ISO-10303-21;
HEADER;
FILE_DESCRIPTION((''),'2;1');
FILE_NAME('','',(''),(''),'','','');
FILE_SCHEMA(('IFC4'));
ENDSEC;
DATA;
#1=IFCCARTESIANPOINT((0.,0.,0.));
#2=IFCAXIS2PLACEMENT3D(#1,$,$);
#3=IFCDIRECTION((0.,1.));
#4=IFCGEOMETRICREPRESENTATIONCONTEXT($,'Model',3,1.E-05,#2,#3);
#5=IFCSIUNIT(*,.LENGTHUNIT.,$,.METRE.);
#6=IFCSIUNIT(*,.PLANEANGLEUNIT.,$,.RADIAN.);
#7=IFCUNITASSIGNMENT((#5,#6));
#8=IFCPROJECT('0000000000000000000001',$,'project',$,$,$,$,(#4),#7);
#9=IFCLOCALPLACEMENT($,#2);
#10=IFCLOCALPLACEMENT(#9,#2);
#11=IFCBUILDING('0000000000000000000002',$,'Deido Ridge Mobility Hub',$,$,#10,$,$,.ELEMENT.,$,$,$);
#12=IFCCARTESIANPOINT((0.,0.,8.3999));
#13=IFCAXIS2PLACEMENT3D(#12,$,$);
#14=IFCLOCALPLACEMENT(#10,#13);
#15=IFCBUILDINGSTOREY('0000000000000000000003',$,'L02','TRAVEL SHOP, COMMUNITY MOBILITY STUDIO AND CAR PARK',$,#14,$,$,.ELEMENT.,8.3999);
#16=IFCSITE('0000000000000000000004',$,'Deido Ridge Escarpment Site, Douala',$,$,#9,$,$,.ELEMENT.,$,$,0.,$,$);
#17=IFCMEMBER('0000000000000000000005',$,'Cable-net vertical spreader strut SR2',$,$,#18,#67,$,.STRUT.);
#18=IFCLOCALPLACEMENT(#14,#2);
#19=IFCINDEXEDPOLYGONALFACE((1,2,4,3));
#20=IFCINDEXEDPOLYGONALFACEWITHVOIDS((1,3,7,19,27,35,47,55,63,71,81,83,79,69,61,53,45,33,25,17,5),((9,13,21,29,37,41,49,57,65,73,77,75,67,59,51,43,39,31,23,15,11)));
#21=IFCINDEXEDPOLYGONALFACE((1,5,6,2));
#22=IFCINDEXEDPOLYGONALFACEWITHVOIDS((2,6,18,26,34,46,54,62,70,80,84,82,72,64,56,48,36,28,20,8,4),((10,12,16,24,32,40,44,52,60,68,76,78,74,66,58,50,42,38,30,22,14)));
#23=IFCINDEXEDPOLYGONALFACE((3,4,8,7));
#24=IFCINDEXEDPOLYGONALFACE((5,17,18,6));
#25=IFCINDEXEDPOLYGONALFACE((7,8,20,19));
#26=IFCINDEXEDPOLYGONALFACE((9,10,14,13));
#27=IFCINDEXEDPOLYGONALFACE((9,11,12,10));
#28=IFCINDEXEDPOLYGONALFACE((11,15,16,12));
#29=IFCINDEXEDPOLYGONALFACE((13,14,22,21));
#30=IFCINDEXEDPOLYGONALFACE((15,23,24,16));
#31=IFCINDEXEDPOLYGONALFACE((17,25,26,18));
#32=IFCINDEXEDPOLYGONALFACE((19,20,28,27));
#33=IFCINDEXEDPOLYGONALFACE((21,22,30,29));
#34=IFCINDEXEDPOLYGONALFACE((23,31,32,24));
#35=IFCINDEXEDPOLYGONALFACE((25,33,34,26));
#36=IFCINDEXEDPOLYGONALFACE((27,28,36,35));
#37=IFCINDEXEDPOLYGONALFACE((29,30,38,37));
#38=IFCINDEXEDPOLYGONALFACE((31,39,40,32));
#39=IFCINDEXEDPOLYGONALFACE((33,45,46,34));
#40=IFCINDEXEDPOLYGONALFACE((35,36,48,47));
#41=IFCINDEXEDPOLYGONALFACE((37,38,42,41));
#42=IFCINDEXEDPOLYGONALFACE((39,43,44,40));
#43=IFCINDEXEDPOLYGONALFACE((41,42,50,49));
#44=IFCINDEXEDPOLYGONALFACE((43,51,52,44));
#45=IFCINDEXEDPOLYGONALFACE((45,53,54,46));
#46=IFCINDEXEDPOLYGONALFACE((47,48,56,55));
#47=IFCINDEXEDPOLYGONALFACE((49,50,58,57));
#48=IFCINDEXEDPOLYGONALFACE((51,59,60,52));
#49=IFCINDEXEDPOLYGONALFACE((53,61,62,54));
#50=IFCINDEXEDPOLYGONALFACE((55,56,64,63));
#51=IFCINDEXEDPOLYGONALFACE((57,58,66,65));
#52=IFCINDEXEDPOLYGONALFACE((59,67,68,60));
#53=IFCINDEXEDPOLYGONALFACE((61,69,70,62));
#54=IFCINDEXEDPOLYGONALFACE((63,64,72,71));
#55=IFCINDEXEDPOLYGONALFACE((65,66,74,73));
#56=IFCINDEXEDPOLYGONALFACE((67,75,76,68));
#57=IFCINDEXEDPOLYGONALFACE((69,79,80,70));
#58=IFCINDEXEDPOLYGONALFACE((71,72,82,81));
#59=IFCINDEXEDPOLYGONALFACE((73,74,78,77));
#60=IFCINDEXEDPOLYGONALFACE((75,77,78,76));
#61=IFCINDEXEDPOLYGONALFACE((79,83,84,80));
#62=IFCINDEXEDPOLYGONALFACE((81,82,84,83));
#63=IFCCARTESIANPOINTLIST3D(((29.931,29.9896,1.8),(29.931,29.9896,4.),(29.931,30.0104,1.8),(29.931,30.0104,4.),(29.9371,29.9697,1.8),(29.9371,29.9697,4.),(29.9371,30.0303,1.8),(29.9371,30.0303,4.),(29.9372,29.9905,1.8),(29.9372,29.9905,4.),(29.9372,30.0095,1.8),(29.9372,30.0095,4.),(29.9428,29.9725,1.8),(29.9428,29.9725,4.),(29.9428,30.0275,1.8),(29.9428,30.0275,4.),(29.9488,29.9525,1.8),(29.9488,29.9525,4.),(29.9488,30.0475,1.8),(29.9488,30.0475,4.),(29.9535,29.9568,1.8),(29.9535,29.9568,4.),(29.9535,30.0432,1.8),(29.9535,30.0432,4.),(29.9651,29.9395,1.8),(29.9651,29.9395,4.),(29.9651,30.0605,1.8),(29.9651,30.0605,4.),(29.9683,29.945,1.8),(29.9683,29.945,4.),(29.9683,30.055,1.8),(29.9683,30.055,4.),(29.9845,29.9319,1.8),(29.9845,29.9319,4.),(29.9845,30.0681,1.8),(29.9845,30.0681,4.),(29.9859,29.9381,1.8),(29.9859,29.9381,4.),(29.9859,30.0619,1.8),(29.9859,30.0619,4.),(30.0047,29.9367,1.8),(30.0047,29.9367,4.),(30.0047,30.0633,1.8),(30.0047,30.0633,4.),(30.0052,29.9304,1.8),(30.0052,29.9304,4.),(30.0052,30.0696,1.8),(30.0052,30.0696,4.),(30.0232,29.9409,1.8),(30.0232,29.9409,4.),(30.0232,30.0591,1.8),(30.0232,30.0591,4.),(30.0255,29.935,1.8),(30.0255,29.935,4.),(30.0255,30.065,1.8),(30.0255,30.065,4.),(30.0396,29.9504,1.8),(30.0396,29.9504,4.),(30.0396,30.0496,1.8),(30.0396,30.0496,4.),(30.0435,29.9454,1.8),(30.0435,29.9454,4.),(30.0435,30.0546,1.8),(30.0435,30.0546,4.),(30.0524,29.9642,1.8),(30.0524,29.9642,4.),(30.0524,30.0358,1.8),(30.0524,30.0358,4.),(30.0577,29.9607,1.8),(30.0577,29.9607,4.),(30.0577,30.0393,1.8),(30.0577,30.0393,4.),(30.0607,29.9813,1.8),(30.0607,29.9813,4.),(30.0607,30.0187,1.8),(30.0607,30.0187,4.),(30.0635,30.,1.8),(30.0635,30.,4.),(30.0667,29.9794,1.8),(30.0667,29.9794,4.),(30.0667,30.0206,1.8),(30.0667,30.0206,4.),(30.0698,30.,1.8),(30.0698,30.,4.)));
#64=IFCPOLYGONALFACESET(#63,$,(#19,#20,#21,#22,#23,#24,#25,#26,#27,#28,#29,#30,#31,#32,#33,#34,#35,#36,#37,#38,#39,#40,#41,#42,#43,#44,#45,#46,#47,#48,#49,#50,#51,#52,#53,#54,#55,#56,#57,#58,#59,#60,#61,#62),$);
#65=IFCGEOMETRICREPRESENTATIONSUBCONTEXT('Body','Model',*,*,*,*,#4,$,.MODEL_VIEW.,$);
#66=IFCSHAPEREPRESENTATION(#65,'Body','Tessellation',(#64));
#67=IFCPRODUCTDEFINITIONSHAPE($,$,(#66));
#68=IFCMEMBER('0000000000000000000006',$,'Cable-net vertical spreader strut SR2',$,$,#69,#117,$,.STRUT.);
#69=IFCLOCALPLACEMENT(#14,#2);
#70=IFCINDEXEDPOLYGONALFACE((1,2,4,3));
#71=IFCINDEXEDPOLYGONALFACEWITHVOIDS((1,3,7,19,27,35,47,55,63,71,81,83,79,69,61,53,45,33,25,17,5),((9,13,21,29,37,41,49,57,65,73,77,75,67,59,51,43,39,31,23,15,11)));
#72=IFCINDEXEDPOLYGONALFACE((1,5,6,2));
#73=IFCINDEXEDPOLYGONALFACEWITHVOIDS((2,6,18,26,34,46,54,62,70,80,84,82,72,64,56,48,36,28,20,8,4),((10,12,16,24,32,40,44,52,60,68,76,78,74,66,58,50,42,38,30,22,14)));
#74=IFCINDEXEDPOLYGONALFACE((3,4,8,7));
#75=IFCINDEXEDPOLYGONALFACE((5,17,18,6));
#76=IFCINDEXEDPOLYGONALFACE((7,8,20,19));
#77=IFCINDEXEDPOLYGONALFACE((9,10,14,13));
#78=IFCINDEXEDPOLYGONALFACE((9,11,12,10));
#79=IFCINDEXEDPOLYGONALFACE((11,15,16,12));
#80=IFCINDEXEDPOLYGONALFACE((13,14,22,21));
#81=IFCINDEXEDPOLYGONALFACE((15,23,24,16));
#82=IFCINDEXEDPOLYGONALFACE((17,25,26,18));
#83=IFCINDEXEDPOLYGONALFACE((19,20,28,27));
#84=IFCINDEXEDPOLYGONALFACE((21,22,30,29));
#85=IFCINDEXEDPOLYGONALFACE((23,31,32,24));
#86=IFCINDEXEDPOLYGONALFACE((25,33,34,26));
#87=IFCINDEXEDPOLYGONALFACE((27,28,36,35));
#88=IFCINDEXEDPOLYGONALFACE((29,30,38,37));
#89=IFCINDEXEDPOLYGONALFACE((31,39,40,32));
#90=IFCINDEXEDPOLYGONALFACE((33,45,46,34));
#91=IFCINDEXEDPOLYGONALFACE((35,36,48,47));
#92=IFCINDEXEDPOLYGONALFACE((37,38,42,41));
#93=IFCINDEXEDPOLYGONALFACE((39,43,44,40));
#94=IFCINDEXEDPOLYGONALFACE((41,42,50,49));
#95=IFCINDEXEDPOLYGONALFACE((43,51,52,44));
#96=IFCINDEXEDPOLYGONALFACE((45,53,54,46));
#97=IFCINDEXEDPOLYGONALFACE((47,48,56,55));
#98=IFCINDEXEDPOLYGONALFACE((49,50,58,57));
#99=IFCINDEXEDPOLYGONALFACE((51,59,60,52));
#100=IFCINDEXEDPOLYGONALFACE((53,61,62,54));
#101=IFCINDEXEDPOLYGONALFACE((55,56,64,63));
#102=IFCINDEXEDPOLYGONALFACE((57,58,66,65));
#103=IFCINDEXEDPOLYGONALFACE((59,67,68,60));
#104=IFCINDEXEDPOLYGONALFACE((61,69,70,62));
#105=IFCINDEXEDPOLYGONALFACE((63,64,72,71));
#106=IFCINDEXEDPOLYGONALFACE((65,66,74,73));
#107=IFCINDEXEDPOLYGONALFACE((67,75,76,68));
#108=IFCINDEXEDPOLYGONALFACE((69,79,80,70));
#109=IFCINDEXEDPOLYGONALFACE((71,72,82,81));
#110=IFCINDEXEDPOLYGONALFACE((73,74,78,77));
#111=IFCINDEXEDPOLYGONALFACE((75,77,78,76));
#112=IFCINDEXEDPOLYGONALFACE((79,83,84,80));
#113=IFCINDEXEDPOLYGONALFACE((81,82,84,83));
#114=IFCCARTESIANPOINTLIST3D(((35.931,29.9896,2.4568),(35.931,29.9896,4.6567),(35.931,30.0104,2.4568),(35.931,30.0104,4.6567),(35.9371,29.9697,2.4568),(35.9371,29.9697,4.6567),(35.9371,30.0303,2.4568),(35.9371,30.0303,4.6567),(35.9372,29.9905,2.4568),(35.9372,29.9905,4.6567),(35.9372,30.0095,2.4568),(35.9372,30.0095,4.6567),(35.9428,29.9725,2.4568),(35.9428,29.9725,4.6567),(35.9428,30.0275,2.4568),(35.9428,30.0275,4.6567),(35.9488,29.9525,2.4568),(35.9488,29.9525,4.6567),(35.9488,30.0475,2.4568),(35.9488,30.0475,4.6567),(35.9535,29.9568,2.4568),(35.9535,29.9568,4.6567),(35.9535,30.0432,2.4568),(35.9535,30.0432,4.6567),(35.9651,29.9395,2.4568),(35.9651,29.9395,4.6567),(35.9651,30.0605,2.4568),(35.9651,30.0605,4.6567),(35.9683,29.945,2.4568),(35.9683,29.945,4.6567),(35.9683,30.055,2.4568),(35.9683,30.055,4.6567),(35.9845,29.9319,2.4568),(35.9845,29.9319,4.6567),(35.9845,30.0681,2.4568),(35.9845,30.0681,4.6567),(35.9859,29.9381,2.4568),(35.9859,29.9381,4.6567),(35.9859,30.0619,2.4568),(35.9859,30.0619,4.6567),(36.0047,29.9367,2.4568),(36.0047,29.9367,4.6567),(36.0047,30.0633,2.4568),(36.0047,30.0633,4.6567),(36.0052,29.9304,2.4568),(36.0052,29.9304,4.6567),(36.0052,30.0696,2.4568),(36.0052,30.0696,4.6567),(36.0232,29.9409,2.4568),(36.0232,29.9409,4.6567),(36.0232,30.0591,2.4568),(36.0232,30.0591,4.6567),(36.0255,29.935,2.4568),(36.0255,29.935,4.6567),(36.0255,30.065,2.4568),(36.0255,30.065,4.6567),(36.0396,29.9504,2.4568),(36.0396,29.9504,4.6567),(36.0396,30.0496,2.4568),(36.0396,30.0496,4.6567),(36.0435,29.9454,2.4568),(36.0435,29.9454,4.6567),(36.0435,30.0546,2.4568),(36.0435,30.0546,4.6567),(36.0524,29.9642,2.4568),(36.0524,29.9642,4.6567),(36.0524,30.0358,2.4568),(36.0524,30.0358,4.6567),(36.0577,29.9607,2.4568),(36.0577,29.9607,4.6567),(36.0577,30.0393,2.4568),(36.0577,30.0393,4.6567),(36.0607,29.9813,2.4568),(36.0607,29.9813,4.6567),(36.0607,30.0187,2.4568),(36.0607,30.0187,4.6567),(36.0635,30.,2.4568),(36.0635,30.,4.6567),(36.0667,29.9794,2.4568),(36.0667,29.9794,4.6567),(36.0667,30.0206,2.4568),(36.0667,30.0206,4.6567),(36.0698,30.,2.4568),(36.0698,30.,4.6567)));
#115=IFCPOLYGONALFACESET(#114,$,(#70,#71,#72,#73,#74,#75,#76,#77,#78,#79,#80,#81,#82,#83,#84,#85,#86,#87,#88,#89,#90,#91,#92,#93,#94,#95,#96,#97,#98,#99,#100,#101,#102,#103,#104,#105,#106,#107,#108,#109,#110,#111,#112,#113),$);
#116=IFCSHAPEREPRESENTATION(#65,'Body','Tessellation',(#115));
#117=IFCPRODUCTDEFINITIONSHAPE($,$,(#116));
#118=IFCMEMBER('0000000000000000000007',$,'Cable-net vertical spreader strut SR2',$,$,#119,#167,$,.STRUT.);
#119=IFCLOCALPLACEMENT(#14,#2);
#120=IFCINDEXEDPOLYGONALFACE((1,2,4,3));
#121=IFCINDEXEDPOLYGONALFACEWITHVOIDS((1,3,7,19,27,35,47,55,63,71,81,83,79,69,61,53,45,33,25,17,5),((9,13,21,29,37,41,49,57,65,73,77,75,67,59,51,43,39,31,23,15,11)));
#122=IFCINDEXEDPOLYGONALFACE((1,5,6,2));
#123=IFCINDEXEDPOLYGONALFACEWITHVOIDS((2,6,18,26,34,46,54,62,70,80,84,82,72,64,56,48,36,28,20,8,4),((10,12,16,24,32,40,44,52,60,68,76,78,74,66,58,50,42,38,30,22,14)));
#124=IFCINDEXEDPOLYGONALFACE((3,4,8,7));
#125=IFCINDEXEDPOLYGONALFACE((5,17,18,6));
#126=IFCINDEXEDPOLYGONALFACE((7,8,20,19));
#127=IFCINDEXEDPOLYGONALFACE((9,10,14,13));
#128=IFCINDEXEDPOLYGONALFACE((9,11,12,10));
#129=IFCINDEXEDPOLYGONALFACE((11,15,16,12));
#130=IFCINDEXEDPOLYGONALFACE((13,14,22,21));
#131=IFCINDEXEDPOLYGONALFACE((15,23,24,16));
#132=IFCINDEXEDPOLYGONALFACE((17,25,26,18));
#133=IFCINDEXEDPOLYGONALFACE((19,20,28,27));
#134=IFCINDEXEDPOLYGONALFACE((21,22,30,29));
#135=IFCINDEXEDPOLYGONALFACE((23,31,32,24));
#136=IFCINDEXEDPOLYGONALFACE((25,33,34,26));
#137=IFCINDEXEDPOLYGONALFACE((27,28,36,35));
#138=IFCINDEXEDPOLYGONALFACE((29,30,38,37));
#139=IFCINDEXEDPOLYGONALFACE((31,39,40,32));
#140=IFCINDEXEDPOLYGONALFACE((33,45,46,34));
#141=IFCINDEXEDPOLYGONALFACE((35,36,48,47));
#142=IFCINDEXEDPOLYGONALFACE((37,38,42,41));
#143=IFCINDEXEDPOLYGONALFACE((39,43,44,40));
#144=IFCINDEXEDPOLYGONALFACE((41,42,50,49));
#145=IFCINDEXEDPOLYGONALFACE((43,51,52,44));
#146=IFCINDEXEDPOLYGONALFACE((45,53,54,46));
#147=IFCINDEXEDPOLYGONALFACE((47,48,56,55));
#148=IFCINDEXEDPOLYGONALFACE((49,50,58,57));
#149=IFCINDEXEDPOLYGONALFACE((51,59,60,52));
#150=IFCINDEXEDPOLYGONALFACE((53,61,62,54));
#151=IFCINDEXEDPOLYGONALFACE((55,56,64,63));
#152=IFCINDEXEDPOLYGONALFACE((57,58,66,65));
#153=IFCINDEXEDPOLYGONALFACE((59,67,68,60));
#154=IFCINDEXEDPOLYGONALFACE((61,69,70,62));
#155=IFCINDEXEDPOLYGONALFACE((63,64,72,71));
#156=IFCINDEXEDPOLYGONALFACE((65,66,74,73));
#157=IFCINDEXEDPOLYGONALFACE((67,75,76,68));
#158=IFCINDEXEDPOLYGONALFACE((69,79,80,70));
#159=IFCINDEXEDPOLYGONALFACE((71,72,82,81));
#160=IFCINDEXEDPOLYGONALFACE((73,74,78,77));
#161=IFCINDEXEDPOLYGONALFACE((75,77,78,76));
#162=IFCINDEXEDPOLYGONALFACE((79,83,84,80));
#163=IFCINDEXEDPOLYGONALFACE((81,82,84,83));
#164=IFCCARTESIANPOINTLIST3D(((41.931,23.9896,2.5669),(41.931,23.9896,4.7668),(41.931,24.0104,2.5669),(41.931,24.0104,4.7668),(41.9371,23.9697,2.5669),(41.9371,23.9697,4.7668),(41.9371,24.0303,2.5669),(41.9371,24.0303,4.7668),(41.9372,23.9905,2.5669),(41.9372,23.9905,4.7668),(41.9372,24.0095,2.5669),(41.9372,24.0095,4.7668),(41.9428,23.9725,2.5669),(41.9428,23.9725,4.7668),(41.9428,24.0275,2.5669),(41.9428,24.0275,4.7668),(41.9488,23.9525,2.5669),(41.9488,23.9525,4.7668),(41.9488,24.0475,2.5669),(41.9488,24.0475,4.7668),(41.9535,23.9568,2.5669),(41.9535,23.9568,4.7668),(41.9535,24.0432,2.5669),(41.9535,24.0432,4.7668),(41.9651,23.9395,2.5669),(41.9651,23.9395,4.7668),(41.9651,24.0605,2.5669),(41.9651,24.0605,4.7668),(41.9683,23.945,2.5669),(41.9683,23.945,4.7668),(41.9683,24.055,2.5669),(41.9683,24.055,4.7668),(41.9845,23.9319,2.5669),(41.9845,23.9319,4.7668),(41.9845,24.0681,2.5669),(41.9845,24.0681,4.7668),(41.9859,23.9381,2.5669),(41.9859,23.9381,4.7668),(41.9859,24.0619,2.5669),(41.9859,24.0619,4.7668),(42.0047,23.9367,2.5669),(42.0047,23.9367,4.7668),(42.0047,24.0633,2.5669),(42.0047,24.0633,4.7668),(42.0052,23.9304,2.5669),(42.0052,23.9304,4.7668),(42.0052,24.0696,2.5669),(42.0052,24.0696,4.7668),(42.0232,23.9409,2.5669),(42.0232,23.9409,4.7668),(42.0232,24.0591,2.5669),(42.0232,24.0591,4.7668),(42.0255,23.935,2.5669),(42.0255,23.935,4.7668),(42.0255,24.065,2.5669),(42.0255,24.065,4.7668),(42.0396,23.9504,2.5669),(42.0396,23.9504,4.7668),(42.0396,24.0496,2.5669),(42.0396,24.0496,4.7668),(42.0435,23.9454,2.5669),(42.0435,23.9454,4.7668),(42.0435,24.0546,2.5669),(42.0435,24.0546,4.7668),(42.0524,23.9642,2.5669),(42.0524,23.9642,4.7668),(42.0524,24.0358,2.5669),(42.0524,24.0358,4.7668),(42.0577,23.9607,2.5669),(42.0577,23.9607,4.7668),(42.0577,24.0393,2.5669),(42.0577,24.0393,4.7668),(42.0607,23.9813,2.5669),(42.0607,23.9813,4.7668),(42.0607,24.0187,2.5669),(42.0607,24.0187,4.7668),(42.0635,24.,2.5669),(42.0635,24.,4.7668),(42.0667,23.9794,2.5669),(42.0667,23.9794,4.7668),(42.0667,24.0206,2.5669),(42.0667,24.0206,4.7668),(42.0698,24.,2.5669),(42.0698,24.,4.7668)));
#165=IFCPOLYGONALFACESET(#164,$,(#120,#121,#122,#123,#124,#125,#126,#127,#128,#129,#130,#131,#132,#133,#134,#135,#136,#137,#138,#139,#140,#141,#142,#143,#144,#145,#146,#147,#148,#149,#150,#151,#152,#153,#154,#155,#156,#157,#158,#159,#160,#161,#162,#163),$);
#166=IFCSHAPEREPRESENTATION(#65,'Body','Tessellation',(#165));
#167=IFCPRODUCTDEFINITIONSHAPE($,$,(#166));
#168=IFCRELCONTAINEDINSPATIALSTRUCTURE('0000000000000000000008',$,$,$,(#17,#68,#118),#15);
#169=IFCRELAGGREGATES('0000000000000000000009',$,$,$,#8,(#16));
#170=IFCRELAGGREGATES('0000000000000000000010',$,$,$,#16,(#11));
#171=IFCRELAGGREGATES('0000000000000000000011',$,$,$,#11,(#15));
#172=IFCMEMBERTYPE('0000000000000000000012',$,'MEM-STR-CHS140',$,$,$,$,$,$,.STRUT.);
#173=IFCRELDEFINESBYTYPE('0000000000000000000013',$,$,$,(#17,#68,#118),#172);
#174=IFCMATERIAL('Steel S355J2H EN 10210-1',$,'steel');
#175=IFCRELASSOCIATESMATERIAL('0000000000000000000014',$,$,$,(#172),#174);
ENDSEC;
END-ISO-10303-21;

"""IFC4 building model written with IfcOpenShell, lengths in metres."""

from ifc_helpers import new_model, si_unit, direction, frame, origin, origin_2d, place, context, subcontext, project, spatial, hollow_circle, extrude, material, material_profile, profile_set, type_object, element, save


model = new_model("IFC4")

# Units and contexts
model_context = context("Model", 3, precision=1e-05, world=origin(), true_north=direction((0.0, 1.0)))
body_context = subcontext(model_context, "Body", "Model", "MODEL_VIEW")
ifc_project = project(units=[si_unit("LENGTHUNIT", "METRE"), si_unit("PLANEANGLEUNIT", "RADIAN")], contexts=[model_context])

# Site, building, storey
site_placement = place(None, origin())
site = spatial("IfcSite", under=ifc_project, at=site_placement, Name="Deido Ridge Escarpment Site, Douala", CompositionType="ELEMENT", RefElevation=0.0)
building_placement = place(site_placement, origin())
building = spatial("IfcBuilding", under=site, at=building_placement, Name="Deido Ridge Mobility Hub", CompositionType="ELEMENT")
storey_placement = place(building_placement, frame((0.0, 0.0, 8.3999)))
storey = spatial("IfcBuildingStorey", under=building, at=storey_placement, Name="L02", Description="TRAVEL SHOP, COMMUNITY MOBILITY STUDIO AND CAR PARK", CompositionType="ELEMENT", Elevation=8.3999)

# Shared definitions
ifc_material_1 = material(Name="Steel S355J2H EN 10210-1", Category="steel")

# Members
ifc_material_profile_1 = material_profile(ifc_material_1, hollow_circle(Radius=0.0698, WallThickness=0.0063, at=origin_2d()), Name="CHS 139.7x6.3")
ifc_profile_set_1 = profile_set([ifc_material_profile_1], Name="Steel S355J2H EN 10210-1")
member_type_1 = type_object("IfcMemberType", Name="MEM-STR-CHS140", PredefinedType="STRUT", material=ifc_profile_set_1)
for number, where, z_axis, x_axis, name in (
    (1, (30.0, 30.0, 1.8), (0.0, 0.0, 1.0), (1.0, 0.0, 0.0), "Cable-net vertical spreader strut SR2"),
    (2, (36.0, 30.0, 2.4568), (0.0, 0.0, 1.0), (1.0, 0.0, 0.0), "Cable-net vertical spreader strut SR2"),
    (3, (42.0, 24.0, 2.5669), (0.0, 0.0, 1.0), (1.0, 0.0, 0.0), "Cable-net vertical spreader strut SR2"),
):
    element("IfcMember", number, at=place(storey_placement, frame(where, z_axis=z_axis, x_axis=x_axis)), inside=storey, type_object=member_type_1, Name=name, PredefinedType="STRUT", context=body_context, shape_type="SweptSolid", body=[
        extrude(hollow_circle(Radius=0.0698, WallThickness=0.0063, at=origin_2d()), origin(), (0.0, 0.0, 1.0), 2.2),
    ])

save(model, "model.ifc")
